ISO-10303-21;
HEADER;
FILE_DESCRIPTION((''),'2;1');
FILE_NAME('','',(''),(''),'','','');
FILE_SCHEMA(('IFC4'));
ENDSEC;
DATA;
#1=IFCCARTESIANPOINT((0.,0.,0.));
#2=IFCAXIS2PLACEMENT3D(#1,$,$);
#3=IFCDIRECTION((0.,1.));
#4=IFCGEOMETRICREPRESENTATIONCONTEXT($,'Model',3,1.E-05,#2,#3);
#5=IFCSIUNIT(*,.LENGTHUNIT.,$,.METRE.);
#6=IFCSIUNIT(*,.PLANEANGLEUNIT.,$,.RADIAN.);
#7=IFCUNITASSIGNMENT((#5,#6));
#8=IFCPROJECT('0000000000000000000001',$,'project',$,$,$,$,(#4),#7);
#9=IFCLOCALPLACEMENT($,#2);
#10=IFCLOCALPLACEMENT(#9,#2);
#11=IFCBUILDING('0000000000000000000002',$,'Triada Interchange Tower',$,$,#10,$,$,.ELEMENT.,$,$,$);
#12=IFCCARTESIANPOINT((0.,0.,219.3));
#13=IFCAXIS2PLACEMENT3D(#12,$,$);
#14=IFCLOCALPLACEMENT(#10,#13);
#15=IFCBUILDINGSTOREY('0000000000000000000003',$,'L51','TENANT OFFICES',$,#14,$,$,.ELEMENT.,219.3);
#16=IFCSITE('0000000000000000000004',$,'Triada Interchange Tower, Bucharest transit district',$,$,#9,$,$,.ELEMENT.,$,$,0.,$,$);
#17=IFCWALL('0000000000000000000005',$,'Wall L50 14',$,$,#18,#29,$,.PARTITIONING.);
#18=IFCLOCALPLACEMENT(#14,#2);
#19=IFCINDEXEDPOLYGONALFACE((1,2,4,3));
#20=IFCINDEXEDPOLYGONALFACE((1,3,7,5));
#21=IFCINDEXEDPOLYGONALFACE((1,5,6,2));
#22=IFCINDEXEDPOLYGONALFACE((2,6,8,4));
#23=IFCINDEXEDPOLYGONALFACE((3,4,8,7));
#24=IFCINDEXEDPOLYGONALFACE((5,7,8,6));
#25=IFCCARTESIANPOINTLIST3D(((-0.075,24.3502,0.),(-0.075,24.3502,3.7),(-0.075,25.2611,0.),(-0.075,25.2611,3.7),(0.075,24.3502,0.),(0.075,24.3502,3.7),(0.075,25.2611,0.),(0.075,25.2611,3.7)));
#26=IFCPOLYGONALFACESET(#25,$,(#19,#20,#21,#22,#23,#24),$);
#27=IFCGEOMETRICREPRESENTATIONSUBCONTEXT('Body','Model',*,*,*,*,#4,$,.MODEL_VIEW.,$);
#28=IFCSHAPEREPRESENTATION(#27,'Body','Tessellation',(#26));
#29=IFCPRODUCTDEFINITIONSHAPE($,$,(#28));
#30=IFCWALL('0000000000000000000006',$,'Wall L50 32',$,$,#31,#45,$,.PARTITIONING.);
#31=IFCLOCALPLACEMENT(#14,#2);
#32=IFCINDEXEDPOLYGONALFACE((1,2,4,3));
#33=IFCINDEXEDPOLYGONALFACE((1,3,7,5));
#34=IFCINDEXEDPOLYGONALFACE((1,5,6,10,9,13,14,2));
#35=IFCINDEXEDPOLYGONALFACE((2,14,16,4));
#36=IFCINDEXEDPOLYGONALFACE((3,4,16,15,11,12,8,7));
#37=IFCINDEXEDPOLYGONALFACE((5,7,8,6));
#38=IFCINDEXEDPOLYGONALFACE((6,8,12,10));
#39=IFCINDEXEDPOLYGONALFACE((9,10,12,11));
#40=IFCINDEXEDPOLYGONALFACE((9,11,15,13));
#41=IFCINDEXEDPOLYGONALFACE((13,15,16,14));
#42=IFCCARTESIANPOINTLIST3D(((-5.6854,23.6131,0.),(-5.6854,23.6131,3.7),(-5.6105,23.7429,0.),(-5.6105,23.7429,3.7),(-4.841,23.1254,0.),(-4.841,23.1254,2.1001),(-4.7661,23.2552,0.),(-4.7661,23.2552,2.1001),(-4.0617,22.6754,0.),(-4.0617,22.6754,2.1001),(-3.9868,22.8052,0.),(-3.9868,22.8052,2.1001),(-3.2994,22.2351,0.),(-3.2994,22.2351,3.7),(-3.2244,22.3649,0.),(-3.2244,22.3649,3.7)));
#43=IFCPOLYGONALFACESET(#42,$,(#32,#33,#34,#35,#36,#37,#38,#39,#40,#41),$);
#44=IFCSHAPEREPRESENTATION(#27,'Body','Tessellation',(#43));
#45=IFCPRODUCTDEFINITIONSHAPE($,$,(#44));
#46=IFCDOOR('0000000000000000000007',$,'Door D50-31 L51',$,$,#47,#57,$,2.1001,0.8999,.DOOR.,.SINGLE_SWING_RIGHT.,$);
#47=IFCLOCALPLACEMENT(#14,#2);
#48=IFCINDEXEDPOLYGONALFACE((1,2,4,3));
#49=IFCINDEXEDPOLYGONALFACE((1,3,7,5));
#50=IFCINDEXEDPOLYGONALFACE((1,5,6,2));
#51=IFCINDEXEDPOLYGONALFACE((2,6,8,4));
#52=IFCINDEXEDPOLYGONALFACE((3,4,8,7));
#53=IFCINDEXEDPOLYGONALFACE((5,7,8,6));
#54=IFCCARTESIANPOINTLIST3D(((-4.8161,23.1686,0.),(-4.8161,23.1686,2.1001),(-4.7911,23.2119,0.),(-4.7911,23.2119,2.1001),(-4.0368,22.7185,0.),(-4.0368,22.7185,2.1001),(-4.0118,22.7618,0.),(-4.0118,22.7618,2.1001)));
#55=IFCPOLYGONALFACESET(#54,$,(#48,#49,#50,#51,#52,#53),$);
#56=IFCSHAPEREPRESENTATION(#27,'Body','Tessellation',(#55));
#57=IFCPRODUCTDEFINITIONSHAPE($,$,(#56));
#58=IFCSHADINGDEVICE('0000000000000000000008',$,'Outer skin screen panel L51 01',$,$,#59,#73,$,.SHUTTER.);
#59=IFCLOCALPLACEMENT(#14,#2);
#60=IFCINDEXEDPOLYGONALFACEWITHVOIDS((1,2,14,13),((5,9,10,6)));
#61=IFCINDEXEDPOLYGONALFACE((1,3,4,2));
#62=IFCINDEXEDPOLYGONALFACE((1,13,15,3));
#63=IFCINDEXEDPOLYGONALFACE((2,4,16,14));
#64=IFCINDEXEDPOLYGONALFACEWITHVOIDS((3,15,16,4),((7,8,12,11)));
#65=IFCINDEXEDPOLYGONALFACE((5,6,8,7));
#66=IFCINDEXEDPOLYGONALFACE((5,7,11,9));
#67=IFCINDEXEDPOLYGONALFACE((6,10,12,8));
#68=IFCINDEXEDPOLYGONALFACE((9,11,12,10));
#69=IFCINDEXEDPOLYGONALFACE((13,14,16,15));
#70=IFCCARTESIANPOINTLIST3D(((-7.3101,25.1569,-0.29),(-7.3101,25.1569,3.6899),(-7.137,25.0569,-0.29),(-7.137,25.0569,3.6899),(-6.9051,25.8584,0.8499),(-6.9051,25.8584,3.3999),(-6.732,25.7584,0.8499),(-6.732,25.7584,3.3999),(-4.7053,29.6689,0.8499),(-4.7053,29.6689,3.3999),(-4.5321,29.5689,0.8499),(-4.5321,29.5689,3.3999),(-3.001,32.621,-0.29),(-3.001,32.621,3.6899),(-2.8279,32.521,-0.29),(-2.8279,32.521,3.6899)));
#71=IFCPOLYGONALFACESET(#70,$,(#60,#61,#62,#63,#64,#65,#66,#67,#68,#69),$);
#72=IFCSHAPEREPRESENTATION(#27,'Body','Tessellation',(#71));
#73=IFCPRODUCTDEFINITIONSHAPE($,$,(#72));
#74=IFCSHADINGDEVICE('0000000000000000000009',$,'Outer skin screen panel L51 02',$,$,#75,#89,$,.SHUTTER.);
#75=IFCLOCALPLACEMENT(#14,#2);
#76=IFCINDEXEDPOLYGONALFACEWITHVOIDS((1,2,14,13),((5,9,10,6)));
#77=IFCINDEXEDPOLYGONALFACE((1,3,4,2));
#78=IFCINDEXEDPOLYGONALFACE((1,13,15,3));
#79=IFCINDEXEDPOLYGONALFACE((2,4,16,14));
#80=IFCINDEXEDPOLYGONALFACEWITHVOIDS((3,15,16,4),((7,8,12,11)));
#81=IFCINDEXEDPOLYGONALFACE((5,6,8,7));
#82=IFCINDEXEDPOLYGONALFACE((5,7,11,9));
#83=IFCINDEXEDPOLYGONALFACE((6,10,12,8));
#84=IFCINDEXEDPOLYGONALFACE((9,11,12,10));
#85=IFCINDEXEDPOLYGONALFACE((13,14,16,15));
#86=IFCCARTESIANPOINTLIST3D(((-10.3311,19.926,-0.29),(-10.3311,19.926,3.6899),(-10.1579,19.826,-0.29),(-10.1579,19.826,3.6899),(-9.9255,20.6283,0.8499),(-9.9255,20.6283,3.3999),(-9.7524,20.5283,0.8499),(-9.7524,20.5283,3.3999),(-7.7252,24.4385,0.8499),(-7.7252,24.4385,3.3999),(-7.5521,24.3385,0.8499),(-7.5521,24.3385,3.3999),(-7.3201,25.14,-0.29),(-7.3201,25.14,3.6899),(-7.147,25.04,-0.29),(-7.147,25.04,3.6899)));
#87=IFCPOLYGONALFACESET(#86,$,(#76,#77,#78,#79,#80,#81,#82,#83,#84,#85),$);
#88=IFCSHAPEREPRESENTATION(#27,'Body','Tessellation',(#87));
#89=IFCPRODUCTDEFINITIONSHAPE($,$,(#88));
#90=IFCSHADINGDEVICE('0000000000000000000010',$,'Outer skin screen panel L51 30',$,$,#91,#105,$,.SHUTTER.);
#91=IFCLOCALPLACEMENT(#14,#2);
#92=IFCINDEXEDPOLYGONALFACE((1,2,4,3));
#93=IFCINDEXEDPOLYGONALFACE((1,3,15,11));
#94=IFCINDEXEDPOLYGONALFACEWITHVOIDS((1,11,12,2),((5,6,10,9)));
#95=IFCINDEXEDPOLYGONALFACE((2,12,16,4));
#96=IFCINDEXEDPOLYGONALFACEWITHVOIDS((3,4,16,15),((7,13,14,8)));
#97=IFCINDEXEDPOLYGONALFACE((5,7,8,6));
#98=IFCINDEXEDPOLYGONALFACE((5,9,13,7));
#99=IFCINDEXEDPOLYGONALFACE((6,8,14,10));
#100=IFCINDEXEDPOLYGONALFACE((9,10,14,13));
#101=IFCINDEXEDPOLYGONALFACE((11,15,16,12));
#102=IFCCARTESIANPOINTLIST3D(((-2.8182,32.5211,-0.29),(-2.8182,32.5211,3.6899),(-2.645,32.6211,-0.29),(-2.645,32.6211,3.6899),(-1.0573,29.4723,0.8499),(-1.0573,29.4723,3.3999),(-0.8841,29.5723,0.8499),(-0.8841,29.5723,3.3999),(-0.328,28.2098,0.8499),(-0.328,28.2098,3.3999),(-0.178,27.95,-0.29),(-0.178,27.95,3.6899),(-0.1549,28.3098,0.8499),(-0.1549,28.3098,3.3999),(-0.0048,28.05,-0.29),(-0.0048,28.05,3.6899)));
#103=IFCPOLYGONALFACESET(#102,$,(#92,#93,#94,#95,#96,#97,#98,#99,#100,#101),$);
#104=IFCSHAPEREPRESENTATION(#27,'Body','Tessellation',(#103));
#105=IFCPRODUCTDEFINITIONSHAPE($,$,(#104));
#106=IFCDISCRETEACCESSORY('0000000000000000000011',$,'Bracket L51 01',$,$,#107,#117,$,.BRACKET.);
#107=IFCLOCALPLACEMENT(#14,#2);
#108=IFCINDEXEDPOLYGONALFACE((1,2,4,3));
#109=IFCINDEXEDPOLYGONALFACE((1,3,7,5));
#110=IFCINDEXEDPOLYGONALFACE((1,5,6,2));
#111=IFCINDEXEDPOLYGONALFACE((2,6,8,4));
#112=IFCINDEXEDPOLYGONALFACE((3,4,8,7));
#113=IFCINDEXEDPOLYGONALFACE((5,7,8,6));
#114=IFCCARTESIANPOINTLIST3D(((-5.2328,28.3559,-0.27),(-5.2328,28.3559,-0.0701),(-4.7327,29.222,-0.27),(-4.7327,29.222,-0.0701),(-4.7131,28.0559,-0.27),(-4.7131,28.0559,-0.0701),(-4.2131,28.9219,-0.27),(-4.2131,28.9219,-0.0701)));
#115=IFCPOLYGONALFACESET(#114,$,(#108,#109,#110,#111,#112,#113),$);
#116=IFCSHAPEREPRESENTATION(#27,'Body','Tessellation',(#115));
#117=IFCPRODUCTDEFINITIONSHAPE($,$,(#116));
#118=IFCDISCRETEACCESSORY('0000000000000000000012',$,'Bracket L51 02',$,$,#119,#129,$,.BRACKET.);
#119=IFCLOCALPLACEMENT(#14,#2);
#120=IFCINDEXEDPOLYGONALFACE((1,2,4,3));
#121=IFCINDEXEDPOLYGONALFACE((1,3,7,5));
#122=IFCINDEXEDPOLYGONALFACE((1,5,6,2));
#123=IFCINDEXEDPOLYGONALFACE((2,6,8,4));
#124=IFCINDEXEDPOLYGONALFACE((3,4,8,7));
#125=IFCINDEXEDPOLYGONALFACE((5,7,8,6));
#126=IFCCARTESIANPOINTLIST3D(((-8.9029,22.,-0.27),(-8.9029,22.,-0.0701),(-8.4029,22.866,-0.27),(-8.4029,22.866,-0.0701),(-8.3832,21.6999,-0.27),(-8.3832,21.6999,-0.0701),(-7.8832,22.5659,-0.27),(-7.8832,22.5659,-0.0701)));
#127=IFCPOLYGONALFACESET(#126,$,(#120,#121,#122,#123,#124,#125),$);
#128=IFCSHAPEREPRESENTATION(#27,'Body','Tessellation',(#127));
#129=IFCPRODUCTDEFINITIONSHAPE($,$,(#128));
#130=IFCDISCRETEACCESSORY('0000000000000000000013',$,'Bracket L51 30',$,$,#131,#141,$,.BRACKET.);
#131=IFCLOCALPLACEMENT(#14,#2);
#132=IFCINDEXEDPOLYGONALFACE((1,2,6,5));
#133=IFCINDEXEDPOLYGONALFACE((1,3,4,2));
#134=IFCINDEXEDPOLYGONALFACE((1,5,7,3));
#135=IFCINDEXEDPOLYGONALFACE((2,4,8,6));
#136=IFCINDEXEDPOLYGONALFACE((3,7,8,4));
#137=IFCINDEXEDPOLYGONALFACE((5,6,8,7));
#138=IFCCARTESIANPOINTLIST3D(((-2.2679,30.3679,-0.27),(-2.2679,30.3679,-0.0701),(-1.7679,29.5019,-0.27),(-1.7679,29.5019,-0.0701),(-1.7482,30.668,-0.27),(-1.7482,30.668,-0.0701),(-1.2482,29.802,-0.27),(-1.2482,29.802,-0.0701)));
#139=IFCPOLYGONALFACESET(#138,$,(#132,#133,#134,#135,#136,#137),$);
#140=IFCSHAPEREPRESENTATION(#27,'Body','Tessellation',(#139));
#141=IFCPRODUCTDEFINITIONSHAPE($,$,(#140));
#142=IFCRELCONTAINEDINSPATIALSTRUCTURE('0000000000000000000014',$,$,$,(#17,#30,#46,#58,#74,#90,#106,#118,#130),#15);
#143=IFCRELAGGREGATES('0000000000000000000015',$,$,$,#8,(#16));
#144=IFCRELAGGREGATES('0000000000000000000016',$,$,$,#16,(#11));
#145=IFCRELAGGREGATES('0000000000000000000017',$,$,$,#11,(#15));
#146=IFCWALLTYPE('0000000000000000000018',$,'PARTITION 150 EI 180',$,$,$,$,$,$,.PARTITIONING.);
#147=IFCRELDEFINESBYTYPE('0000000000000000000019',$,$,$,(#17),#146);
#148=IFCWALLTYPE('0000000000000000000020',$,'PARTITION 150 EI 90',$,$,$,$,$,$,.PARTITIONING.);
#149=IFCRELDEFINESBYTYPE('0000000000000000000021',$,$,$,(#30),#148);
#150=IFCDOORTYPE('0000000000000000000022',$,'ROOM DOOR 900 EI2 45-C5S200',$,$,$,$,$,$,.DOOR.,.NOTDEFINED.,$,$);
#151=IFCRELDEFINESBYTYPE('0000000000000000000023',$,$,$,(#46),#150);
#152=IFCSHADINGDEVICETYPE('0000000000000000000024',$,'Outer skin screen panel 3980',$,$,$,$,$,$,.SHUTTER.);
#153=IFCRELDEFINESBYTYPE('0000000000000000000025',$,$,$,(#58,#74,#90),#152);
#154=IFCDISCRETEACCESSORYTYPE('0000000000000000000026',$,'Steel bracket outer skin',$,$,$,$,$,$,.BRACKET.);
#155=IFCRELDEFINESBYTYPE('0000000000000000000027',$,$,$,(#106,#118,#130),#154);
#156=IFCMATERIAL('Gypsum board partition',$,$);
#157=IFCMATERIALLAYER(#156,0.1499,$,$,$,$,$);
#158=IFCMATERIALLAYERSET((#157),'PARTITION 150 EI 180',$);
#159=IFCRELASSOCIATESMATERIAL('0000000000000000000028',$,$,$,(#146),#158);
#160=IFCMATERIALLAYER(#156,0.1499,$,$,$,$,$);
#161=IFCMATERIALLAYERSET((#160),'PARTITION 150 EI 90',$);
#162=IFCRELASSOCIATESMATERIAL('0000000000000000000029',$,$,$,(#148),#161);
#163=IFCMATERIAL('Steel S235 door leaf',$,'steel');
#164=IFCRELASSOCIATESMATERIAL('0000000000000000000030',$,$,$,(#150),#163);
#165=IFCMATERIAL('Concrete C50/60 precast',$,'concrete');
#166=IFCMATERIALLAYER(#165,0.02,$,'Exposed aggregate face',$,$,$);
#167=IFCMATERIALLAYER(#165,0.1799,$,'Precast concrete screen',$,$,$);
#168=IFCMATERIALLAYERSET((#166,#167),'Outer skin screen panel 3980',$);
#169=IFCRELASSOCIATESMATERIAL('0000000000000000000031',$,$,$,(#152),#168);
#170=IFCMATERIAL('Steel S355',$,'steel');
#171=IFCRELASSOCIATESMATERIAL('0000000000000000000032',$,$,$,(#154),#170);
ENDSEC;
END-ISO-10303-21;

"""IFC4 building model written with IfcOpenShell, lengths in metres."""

from ifc_helpers import new_model, si_unit, direction, frame, frame_2d, origin, origin_2d, place, context, subcontext, project, spatial, polyline, rectangle, outline, extrude, material, layer, layer_set, type_object, element, fill, save


model = new_model("IFC4")

# Units and contexts
model_context = context("Model", 3, precision=1e-05, world=origin(), true_north=direction((0.0, 1.0)))
body_context = subcontext(model_context, "Body", "Model", "MODEL_VIEW")
ifc_project = project(units=[si_unit("LENGTHUNIT", "METRE"), si_unit("PLANEANGLEUNIT", "RADIAN")], contexts=[model_context])

# Site, building, storey
site_placement = place(None, origin())
site = spatial("IfcSite", under=ifc_project, at=site_placement, Name="Triada Interchange Tower, Bucharest transit district", CompositionType="ELEMENT", RefElevation=0.0)
building_placement = place(site_placement, origin())
building = spatial("IfcBuilding", under=site, at=building_placement, Name="Triada Interchange Tower", CompositionType="ELEMENT")
storey_placement = place(building_placement, frame((0.0, 0.0, 219.3)))
storey = spatial("IfcBuildingStorey", under=building, at=storey_placement, Name="L51", Description="TENANT OFFICES", CompositionType="ELEMENT", Elevation=219.3)

# Wall
ifc_material_1 = material(Name="Gypsum board partition")
ifc_layer_1 = layer(ifc_material_1, 0.1499)
ifc_layer_set_1 = layer_set([ifc_layer_1], Name="PARTITION 150 EI 180")
wall_type_1 = type_object("IfcWallType", Name="PARTITION 150 EI 180", PredefinedType="PARTITIONING", material=ifc_layer_set_1)
wall_1_placement = place(storey_placement, frame((0.0, 24.3501, 0.0), z_axis=(0.0, 0.0, 1.0), x_axis=(0.0, 1.0, 0.0)))
element("IfcWall", 1, at=wall_1_placement, inside=storey, type_object=wall_type_1, Name="Wall L50 14", PredefinedType="PARTITIONING", context=body_context, shape_type="SweptSolid", body=[
    extrude(rectangle(XDim=0.9109, YDim=0.1499, at=frame_2d((0.4556, 0.0))), origin(), (0.0, 0.0, 1.0), 3.7),
])

# Wall, opening, door
ifc_layer_2 = layer(ifc_material_1, 0.1499)
ifc_layer_set_2 = layer_set([ifc_layer_2], Name="PARTITION 150 EI 90")
wall_type_2 = type_object("IfcWallType", Name="PARTITION 150 EI 90", PredefinedType="PARTITIONING", material=ifc_layer_set_2)
wall_2_placement = place(storey_placement, frame((-5.6479, 23.678, 0.0), z_axis=(0.0, 0.0, 1.0), x_axis=(0.865966, -0.500103, 0.0)))
wall_2 = element("IfcWall", 2, at=wall_2_placement, inside=storey, type_object=wall_type_2, Name="Wall L50 32", PredefinedType="PARTITIONING", context=body_context, shape_type="SweptSolid", body=[
    extrude(rectangle(XDim=2.7554, YDim=0.1499, at=frame_2d((1.3777, 0.0))), origin(), (0.0, 0.0, 1.0), 3.7),
])
opening_1_placement = place(wall_2_placement, frame((0.9751, 0.0, 0.0)))
opening_1 = element("IfcOpeningElement", 3, at=opening_1_placement, cuts=wall_2, PredefinedType="OPENING", context=body_context, shape_type="SweptSolid", body=[
    extrude(rectangle(XDim=0.8999, YDim=2.1001, at=frame_2d((0.45, 1.05))), frame((0.0, 0.085, 0.0), z_axis=(0.0, -1.0, 0.0), x_axis=(1.0, 0.0, 0.0)), (0.0, 0.0, 1.0), 0.1699),
])
ifc_material_2 = material(Name="Steel S235 door leaf", Category="steel")
door_type = type_object("IfcDoorType", Name="ROOM DOOR 900 EI2 45-C5S200", OperationType="NOTDEFINED", PredefinedType="DOOR", material=ifc_material_2)
door_placement = place(opening_1_placement, origin())
door = element("IfcDoor", 4, at=door_placement, inside=storey, type_object=door_type, Name="Door D50-31 L51", OperationType="SINGLE_SWING_RIGHT", OverallHeight=2.1001, OverallWidth=0.8999, PredefinedType="DOOR", context=body_context, shape_type="SweptSolid", body=[
    extrude(rectangle(XDim=0.8999, YDim=2.1001, at=frame_2d((0.45, 1.05))), frame((0.0, 0.0249, 0.0), z_axis=(0.0, -1.0, 0.0), x_axis=(1.0, 0.0, 0.0)), (0.0, 0.0, 1.0), 0.05),
])
fill(opening_1, door)

# Shading devices
ifc_material_3 = material(Name="Concrete C50/60 precast", Category="concrete")
ifc_layer_3 = layer(ifc_material_3, 0.02, Name="Exposed aggregate face")
ifc_layer_4 = layer(ifc_material_3, 0.1799, Name="Precast concrete screen")
ifc_layer_set_3 = layer_set([ifc_layer_3, ifc_layer_4], Name="Outer skin screen panel 3980")
shading_device_type = type_object("IfcShadingDeviceType", Name="Outer skin screen panel 3980", PredefinedType="SHUTTER", material=ifc_layer_set_3)
shading_device_1_placement = place(storey_placement, frame((-2.8279, 32.521, -0.29), z_axis=(0.0, 0.0, 1.0), x_axis=(-0.499972, -0.866042, 0.0)))
element("IfcShadingDevice", 5, at=shading_device_1_placement, inside=storey, type_object=shading_device_type, Name="Outer skin screen panel L51 01", PredefinedType="SHUTTER", context=body_context, shape_type="SweptSolid", body=[
    extrude(outline(polyline([(0.0, 0.0), (8.6187, 0.0), (8.6187, 3.98), (0.0, 3.98), (0.0, 0.0)]), holes=[polyline([(3.4087, 1.1399), (3.4087, 3.6899), (7.8086, 3.6899), (7.8086, 1.1399), (3.4087, 1.1399)])]), frame((0.0, 0.0, 0.0), z_axis=(0.0, -1.0, 0.0), x_axis=(1.0, 0.0, 0.0)), (0.0, 0.0, 1.0), 0.2),
])
shading_device_2_placement = place(storey_placement, frame((-7.147, 25.04, -0.29), z_axis=(0.0, 0.0, 1.0), x_axis=(-0.500077, -0.865981, 0.0)))
element("IfcShadingDevice", 6, at=shading_device_2_placement, inside=storey, type_object=shading_device_type, Name="Outer skin screen panel L51 02", PredefinedType="SHUTTER", context=body_context, shape_type="SweptSolid", body=[
    extrude(outline(polyline([(0.0, 0.0), (6.021, 0.0), (6.021, 3.98), (0.0, 3.98), (0.0, 0.0)]), holes=[polyline([(0.8101, 1.1399), (0.8101, 3.6899), (5.21, 3.6899), (5.21, 1.1399), (0.8101, 1.1399)])]), frame((0.0, 0.0, 0.0), z_axis=(0.0, -1.0, 0.0), x_axis=(1.0, 0.0, 0.0)), (0.0, 0.0, 1.0), 0.2),
])
shading_device_3_placement = place(storey_placement, frame((-0.178, 27.95, -0.29), z_axis=(0.0, 0.0, 1.0), x_axis=(-0.500148, 0.86594, 0.0)))
element("IfcShadingDevice", 7, at=shading_device_3_placement, inside=storey, type_object=shading_device_type, Name="Outer skin screen panel L51 30", PredefinedType="SHUTTER", context=body_context, shape_type="SweptSolid", body=[
    extrude(outline(polyline([(0.0, 0.0), (5.2788, 0.0), (5.2788, 3.98), (0.0, 3.98), (0.0, 0.0)]), holes=[polyline([(0.3, 1.1399), (0.3, 3.6899), (1.7581, 3.6899), (1.7581, 1.1399), (0.3, 1.1399)])]), frame((0.0, 0.0, 0.0), z_axis=(0.0, -1.0, 0.0), x_axis=(1.0, 0.0, 0.0)), (0.0, 0.0, 1.0), 0.2),
])

# Discrete accessories
ifc_material_4 = material(Name="Steel S355", Category="steel")
discrete_accessory_type = type_object("IfcDiscreteAccessoryType", Name="Steel bracket outer skin", PredefinedType="BRACKET", material=ifc_material_4)
for number, where, z_axis, x_axis, name in (
    (8, (-4.7229, 28.6389, -0.27), (0.0, 0.0, 1.0), (-0.866025, 0.500001, 0.0), "Bracket L51 01"),
    (9, (-8.3931, 22.283, -0.27), (0.0, 0.0, 1.0), (-0.866025, 0.500001, 0.0), "Bracket L51 02"),
    (10, (-1.7581, 30.085, -0.27), (0.0, 0.0, 1.0), (0.866, 0.500044, 0.0), "Bracket L51 30"),
):
    element("IfcDiscreteAccessory", number, at=place(storey_placement, frame(where, z_axis=z_axis, x_axis=x_axis)), inside=storey, type_object=discrete_accessory_type, Name=name, PredefinedType="BRACKET", context=body_context, shape_type="SweptSolid", body=[
        extrude(rectangle(XDim=0.6001, YDim=1.0, at=origin_2d()), origin(), (0.0, 0.0, 1.0), 0.2),
    ])

save(model, "model.ifc")
